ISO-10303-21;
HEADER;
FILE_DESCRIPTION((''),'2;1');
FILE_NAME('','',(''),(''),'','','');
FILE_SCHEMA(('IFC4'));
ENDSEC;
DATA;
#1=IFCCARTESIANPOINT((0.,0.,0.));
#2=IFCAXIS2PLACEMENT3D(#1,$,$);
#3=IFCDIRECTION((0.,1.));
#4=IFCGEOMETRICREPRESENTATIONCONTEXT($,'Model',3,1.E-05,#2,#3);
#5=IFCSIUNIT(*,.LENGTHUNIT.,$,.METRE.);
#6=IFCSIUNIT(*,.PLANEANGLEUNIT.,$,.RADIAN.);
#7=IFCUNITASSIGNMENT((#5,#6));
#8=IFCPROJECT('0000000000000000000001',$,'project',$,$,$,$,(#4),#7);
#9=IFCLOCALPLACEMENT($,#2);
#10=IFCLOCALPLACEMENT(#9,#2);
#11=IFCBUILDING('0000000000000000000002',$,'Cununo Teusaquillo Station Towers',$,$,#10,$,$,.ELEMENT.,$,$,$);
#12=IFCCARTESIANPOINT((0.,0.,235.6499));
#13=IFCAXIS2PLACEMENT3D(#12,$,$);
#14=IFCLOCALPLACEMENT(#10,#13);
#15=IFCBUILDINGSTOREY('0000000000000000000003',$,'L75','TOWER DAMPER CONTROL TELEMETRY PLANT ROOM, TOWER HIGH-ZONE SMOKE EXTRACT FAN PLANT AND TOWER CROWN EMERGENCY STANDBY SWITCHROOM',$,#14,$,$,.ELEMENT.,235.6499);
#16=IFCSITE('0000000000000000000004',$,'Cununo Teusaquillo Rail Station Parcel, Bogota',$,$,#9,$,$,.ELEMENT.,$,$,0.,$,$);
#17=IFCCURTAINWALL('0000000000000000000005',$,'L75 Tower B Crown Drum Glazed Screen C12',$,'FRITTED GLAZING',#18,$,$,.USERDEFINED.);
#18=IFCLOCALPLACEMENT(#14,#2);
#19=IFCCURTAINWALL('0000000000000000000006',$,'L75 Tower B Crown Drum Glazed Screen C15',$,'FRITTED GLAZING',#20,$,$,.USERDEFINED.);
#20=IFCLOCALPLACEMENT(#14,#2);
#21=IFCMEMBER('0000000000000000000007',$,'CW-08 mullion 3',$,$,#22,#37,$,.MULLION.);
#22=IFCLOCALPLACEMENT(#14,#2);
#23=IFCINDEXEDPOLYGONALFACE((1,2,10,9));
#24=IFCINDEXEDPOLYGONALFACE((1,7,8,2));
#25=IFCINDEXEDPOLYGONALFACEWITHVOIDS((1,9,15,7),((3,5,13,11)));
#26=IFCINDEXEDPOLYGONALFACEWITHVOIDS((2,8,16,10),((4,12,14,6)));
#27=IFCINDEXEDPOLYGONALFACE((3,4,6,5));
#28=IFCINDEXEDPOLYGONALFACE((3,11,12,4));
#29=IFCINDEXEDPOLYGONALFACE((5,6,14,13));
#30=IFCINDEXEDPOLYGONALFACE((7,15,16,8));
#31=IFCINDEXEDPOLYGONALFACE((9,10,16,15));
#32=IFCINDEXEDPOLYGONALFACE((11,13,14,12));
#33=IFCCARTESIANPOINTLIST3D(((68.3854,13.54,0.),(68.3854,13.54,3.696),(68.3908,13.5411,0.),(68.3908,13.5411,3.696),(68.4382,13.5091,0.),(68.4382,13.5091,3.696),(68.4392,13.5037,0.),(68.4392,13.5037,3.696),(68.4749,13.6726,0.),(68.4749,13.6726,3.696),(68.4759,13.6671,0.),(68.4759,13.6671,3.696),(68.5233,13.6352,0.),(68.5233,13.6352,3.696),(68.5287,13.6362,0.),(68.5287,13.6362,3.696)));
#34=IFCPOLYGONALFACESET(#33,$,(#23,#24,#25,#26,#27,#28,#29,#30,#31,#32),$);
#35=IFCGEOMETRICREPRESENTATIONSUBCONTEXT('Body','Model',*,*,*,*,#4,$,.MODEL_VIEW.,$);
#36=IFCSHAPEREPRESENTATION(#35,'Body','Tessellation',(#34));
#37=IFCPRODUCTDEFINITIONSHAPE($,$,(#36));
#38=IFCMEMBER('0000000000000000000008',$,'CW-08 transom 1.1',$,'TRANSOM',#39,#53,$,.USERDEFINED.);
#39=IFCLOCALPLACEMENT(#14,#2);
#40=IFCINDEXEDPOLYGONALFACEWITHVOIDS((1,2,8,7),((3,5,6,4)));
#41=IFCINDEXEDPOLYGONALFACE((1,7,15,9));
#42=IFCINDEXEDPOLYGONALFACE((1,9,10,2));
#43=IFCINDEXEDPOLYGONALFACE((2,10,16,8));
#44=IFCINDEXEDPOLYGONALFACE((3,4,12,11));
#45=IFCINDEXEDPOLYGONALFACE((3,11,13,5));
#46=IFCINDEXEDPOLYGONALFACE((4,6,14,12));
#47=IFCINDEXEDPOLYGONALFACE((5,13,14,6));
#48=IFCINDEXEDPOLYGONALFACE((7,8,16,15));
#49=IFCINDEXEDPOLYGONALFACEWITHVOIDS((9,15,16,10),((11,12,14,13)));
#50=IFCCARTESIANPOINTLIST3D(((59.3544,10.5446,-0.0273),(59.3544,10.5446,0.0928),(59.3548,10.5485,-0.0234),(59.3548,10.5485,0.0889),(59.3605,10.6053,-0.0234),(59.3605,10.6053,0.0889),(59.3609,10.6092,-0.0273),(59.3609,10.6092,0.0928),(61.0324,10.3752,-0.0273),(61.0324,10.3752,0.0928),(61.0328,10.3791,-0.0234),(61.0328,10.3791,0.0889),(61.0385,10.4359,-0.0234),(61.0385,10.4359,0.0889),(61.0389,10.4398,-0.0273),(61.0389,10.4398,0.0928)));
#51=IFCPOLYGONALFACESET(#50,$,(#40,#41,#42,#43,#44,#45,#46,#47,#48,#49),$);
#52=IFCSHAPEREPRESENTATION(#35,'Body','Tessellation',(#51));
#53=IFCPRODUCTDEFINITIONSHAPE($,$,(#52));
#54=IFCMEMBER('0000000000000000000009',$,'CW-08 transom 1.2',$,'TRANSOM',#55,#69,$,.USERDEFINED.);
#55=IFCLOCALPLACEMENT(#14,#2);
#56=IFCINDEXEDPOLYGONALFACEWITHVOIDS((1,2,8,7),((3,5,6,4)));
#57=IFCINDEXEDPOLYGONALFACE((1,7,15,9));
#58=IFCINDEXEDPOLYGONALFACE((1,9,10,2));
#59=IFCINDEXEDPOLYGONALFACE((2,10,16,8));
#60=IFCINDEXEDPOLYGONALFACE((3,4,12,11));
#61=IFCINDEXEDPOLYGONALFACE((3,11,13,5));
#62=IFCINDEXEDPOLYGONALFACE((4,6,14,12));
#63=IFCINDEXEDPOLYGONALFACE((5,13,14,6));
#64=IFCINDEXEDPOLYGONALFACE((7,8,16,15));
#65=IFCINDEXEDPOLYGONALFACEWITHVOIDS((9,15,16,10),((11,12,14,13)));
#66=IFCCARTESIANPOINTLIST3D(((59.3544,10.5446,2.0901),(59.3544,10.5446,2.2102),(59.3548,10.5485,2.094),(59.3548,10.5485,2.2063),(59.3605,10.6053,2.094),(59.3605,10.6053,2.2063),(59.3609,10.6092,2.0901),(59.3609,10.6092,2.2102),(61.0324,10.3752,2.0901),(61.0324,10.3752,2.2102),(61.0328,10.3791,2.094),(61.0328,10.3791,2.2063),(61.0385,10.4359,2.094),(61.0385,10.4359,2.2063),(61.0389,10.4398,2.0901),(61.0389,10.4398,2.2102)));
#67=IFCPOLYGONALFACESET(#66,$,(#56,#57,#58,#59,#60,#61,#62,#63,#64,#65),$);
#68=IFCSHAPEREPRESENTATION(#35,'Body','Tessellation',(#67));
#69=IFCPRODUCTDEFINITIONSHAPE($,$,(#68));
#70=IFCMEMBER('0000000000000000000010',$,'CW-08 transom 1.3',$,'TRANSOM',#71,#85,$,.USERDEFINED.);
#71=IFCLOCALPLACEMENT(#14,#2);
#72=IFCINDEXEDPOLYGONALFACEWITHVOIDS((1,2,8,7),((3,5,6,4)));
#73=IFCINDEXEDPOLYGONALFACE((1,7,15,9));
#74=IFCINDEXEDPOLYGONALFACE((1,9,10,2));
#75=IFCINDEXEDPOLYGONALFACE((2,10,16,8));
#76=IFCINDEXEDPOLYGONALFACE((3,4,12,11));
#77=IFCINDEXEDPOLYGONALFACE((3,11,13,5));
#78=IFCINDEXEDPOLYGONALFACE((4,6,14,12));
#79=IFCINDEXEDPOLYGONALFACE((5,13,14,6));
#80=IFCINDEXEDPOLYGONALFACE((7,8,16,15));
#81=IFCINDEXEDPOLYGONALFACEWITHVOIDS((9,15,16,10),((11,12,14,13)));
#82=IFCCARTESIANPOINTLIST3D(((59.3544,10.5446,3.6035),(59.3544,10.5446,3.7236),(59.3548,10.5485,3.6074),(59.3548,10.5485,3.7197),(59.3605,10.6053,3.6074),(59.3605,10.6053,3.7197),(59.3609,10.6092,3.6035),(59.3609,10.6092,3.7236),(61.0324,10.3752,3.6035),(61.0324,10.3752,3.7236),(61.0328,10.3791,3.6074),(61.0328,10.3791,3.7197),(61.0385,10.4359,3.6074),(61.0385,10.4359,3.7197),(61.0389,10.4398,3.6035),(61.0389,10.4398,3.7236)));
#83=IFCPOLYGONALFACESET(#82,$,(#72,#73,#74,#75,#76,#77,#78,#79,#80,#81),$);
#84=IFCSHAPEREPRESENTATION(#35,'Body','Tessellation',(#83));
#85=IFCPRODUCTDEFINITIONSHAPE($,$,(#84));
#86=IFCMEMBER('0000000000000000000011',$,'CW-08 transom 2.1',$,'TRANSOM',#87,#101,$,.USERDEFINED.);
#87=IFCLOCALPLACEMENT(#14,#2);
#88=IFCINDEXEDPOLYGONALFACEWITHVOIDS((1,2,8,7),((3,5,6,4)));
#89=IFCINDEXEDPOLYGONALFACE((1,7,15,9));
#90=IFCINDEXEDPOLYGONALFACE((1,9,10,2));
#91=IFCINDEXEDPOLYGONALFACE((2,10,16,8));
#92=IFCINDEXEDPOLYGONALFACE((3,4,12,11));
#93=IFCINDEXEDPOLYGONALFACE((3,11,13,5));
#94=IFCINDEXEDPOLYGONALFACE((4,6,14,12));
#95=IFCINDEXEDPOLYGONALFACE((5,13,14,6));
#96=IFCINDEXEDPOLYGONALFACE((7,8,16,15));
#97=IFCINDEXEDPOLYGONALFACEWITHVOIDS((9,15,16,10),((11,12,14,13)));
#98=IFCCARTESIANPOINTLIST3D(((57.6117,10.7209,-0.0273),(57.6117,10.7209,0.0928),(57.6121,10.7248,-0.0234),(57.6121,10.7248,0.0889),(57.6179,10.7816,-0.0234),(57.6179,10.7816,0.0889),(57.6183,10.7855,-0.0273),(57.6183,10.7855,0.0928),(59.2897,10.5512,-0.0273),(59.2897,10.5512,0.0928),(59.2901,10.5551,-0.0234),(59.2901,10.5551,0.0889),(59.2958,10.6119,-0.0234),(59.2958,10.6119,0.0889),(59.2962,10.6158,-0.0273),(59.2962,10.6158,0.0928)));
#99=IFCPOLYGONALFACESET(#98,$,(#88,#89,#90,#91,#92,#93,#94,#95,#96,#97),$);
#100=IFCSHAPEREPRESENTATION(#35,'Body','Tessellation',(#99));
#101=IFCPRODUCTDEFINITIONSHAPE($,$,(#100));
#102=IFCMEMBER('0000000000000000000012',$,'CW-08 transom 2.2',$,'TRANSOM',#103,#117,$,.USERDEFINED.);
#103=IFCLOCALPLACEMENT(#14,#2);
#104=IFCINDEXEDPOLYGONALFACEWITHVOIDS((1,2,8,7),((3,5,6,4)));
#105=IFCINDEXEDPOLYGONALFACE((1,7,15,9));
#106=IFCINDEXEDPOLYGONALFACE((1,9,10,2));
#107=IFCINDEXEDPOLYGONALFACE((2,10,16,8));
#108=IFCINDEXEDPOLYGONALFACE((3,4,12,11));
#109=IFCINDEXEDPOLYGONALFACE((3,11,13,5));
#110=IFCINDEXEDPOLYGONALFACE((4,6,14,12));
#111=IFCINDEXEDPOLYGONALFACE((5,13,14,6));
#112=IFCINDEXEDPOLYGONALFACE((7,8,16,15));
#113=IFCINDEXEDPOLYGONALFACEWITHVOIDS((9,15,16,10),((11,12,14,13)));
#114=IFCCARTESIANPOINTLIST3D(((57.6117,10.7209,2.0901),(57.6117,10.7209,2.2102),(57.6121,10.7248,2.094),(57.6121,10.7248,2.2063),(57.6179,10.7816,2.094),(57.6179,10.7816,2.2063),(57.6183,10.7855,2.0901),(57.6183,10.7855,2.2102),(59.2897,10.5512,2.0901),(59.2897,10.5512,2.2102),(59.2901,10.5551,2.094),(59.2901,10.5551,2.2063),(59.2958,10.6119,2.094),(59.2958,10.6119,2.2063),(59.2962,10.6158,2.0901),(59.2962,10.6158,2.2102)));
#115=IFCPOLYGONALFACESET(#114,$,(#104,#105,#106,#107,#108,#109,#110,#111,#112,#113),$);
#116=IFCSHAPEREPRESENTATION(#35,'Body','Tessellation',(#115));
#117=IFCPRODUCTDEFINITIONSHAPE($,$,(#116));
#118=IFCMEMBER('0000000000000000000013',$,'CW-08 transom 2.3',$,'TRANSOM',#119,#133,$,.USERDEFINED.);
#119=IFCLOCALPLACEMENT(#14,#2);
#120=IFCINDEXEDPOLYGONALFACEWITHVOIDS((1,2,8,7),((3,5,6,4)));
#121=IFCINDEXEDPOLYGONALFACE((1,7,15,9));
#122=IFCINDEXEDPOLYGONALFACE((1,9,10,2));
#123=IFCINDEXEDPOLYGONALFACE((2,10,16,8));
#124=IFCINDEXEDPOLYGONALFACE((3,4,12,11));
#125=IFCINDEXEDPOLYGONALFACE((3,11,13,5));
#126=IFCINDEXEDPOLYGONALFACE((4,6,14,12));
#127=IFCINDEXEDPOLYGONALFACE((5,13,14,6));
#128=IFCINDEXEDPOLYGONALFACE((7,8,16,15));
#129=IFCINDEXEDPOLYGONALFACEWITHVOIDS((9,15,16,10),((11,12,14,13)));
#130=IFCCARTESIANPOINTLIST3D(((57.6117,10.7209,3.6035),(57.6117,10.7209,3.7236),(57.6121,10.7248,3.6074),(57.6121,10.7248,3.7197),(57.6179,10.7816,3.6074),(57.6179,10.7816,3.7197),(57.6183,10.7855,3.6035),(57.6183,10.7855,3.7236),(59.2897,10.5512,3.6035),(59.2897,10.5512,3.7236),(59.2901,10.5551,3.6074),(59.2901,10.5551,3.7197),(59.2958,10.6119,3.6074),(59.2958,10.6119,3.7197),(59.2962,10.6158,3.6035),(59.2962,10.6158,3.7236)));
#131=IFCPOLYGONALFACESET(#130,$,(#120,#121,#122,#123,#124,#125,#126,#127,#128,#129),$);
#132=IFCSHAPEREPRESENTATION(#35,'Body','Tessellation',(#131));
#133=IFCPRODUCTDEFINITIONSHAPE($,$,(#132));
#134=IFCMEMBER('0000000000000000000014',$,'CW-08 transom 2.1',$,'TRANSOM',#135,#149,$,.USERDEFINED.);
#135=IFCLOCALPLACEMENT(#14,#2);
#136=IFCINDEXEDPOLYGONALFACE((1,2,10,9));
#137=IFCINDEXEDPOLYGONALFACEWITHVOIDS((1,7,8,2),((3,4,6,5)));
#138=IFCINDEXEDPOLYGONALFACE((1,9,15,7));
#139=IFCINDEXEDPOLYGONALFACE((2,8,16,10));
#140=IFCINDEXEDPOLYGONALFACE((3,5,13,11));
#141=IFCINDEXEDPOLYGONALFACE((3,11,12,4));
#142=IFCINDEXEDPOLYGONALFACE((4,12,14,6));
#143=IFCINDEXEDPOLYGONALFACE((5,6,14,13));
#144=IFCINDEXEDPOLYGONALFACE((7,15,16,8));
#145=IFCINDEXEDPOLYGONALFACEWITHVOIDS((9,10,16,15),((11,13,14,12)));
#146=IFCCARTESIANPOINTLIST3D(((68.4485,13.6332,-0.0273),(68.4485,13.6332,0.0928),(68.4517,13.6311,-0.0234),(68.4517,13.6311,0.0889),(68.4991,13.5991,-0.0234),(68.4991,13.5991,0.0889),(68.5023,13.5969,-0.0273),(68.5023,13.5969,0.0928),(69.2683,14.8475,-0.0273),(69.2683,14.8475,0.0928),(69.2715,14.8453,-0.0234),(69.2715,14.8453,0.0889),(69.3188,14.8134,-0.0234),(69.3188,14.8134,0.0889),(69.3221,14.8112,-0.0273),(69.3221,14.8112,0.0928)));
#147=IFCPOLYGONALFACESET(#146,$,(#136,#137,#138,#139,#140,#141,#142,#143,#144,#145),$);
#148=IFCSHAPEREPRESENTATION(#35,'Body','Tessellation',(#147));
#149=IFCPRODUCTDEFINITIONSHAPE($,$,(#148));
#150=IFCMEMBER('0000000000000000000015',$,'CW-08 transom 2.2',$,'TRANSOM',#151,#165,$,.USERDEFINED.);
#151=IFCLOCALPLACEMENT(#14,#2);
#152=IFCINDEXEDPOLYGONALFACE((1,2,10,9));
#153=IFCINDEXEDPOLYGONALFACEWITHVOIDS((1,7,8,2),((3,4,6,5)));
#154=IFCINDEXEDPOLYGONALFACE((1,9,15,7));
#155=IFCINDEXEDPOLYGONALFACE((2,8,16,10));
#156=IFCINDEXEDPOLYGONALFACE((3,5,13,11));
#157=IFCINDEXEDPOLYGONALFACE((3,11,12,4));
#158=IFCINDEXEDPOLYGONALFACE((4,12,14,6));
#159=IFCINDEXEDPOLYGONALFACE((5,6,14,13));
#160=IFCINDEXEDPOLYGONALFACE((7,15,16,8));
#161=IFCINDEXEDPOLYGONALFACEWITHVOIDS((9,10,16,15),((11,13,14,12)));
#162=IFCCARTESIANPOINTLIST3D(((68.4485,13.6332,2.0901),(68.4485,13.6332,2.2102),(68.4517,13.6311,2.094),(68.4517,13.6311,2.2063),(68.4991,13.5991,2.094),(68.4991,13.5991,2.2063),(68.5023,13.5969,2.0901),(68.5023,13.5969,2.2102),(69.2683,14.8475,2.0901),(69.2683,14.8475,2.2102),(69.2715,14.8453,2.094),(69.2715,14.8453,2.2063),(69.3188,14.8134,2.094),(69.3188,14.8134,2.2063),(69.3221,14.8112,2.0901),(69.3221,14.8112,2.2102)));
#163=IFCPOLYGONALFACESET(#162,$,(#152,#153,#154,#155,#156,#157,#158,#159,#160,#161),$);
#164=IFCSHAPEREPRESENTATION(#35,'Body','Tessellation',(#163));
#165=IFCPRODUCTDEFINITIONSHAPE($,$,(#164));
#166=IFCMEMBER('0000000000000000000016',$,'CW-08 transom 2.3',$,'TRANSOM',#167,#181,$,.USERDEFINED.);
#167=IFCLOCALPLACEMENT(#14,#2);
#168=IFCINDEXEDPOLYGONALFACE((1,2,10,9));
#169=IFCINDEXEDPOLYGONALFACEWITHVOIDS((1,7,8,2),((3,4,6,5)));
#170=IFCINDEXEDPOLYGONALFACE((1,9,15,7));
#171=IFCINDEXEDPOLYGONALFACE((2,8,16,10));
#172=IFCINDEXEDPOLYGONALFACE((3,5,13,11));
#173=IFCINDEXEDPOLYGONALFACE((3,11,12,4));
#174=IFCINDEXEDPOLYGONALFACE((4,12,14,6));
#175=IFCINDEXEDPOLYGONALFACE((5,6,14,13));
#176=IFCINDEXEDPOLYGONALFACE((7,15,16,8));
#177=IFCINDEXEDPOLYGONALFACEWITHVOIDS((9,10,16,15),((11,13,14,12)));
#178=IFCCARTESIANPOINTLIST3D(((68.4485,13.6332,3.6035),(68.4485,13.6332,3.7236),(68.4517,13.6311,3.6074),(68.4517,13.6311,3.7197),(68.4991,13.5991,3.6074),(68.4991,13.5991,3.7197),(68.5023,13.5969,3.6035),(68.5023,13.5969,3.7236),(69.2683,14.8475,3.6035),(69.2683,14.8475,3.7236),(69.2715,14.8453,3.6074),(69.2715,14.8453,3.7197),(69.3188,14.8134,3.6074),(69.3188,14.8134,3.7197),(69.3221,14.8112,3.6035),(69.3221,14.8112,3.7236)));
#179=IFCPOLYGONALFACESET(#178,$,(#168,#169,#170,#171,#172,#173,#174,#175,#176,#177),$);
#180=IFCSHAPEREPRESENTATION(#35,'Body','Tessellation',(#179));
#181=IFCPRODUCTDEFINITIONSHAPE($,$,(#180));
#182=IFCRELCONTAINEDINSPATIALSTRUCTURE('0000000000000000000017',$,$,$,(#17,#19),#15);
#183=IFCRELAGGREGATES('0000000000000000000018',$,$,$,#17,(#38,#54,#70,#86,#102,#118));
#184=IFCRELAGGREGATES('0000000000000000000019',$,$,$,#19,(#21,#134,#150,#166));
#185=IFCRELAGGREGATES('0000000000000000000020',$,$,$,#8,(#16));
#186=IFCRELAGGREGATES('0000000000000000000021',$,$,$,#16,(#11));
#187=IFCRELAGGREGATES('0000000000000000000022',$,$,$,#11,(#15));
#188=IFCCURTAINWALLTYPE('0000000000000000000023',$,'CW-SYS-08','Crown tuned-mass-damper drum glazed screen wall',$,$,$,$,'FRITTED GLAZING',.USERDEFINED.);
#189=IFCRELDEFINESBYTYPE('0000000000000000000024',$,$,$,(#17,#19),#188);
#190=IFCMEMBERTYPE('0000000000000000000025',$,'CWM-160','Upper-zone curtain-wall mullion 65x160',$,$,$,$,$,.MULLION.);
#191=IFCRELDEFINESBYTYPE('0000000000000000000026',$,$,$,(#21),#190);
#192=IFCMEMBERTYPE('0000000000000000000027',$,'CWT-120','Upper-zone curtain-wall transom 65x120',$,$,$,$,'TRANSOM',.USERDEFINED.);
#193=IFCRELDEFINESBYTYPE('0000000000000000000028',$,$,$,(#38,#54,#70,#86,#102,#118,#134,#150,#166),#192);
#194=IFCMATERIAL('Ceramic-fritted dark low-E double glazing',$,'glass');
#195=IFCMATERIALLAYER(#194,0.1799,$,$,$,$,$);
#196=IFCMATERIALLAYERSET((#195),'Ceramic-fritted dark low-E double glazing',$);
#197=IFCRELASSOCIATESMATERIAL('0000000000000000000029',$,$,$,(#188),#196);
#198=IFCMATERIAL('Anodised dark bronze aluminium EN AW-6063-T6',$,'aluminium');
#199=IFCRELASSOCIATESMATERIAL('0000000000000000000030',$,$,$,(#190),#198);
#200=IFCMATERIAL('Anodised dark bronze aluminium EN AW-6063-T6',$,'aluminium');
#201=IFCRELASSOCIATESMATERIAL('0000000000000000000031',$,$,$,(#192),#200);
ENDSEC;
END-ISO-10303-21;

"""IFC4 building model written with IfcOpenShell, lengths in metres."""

from ifc_helpers import new_model, si_unit, direction, frame, origin, origin_2d, place, context, subcontext, project, spatial, hollow_rectangle, extrude, material, layer, layer_set, material_profile, profile_set, type_object, element, aggregate, save


model = new_model("IFC4")

# Units and contexts
model_context = context("Model", 3, precision=1e-05, world=origin(), true_north=direction((0.0, 1.0)))
body_context = subcontext(model_context, "Body", "Model", "MODEL_VIEW")
ifc_project = project(units=[si_unit("LENGTHUNIT", "METRE"), si_unit("PLANEANGLEUNIT", "RADIAN")], contexts=[model_context])

# Site, building, storey
site_placement = place(None, origin())
site = spatial("IfcSite", under=ifc_project, at=site_placement, Name="Cununo Teusaquillo Rail Station Parcel, Bogota", CompositionType="ELEMENT", RefElevation=0.0)
building_placement = place(site_placement, origin())
building = spatial("IfcBuilding", under=site, at=building_placement, Name="Cununo Teusaquillo Station Towers", CompositionType="ELEMENT")
storey_placement = place(building_placement, frame((0.0, 0.0, 235.6499)))
storey = spatial("IfcBuildingStorey", under=building, at=storey_placement, Name="L75", Description="TOWER DAMPER CONTROL TELEMETRY PLANT ROOM, TOWER HIGH-ZONE SMOKE EXTRACT FAN PLANT AND TOWER CROWN EMERGENCY STANDBY SWITCHROOM", CompositionType="ELEMENT", Elevation=235.6499)

# Curtain walls, member
ifc_material_1 = material(Name="Ceramic-fritted dark low-E double glazing", Category="glass")
ifc_layer_1 = layer(ifc_material_1, 0.1799)
ifc_layer_set_1 = layer_set([ifc_layer_1], Name="Ceramic-fritted dark low-E double glazing")
curtain_wall_type = type_object("IfcCurtainWallType", Name="CW-SYS-08", Description="Crown tuned-mass-damper drum glazed screen wall", ElementType="FRITTED GLAZING", PredefinedType="USERDEFINED", material=ifc_layer_set_1)
curtain_wall_1_placement = place(storey_placement, origin())
curtain_wall_1 = element("IfcCurtainWall", 1, at=curtain_wall_1_placement, inside=storey, type_object=curtain_wall_type, Name="L75 Tower B Crown Drum Glazed Screen C12", ObjectType="FRITTED GLAZING", PredefinedType="USERDEFINED")
ifc_material_2 = material(Name="Anodised dark bronze aluminium EN AW-6063-T6", Category="aluminium")
ifc_material_profile_1 = material_profile(ifc_material_2, hollow_rectangle(XDim=0.0649, YDim=0.1599, WallThickness=0.0039, at=origin_2d()), Name="CW-MULL-65x160")
ifc_profile_set_1 = profile_set([ifc_material_profile_1], Name="Anodised dark bronze aluminium EN AW-6063-T6")
member_type_1 = type_object("IfcMemberType", Name="CWM-160", Description="Upper-zone curtain-wall mullion 65x160", PredefinedType="MULLION", material=ifc_profile_set_1)
curtain_wall_2_placement = place(storey_placement, origin())
curtain_wall_2 = element("IfcCurtainWall", 2, at=curtain_wall_2_placement, inside=storey, type_object=curtain_wall_type, Name="L75 Tower B Crown Drum Glazed Screen C15", ObjectType="FRITTED GLAZING", PredefinedType="USERDEFINED")
member_1_placement = place(storey_placement, frame((68.457, 13.5881, 0.0), z_axis=(0.0, 0.0, 1.0), x_axis=(0.828827, -0.559505, 0.0)))
member_1 = element("IfcMember", 3, at=member_1_placement, type_object=member_type_1, Name="CW-08 mullion 3", PredefinedType="MULLION", context=body_context, shape_type="SweptSolid", body=[
    extrude(hollow_rectangle(XDim=0.0649, YDim=0.1599, WallThickness=0.0039, at=origin_2d()), origin(), (0.0, 0.0, 1.0), 3.696),
])

# Members
ifc_material_3 = material(Name="Anodised dark bronze aluminium EN AW-6063-T6", Category="aluminium")
ifc_material_profile_2 = material_profile(ifc_material_3, hollow_rectangle(XDim=0.0649, YDim=0.1201, WallThickness=0.0039, at=origin_2d()), Name="CW-TRAN-65x120")
ifc_profile_set_2 = profile_set([ifc_material_profile_2], Name="Anodised dark bronze aluminium EN AW-6063-T6")
member_type_2 = type_object("IfcMemberType", Name="CWT-120", Description="Upper-zone curtain-wall transom 65x120", ElementType="TRANSOM", PredefinedType="USERDEFINED", material=ifc_profile_set_2)
member_2_placement = place(storey_placement, frame((61.0356, 10.4075, 0.0327), z_axis=(-0.994941, 0.100464, 0.0), x_axis=(-0.100464, -0.994941, 0.0)))
member_2 = element("IfcMember", 4, at=member_2_placement, type_object=member_type_2, Name="CW-08 transom 1.1", ObjectType="TRANSOM", PredefinedType="USERDEFINED", context=body_context, shape_type="SweptSolid", body=[
    extrude(hollow_rectangle(XDim=0.0649, YDim=0.1201, WallThickness=0.0039, at=origin_2d()), origin(), (0.0, 0.0, 1.0), 1.6865),
])
member_3_placement = place(storey_placement, frame((61.0356, 10.4075, 2.1501), z_axis=(-0.994941, 0.100464, 0.0), x_axis=(-0.100464, -0.994941, 0.0)))
member_3 = element("IfcMember", 5, at=member_3_placement, type_object=member_type_2, Name="CW-08 transom 1.2", ObjectType="TRANSOM", PredefinedType="USERDEFINED", context=body_context, shape_type="SweptSolid", body=[
    extrude(hollow_rectangle(XDim=0.0649, YDim=0.1201, WallThickness=0.0039, at=origin_2d()), origin(), (0.0, 0.0, 1.0), 1.6865),
])
member_4_placement = place(storey_placement, frame((61.0356, 10.4075, 3.6636), z_axis=(-0.994941, 0.100464, 0.0), x_axis=(-0.100464, -0.994941, 0.0)))
member_4 = element("IfcMember", 6, at=member_4_placement, type_object=member_type_2, Name="CW-08 transom 1.3", ObjectType="TRANSOM", PredefinedType="USERDEFINED", context=body_context, shape_type="SweptSolid", body=[
    extrude(hollow_rectangle(XDim=0.0649, YDim=0.1201, WallThickness=0.0039, at=origin_2d()), origin(), (0.0, 0.0, 1.0), 1.6865),
])
member_5_placement = place(storey_placement, frame((59.293, 10.5835, 0.0327), z_axis=(-0.994926, 0.100607, 0.0), x_axis=(-0.100607, -0.994926, 0.0)))
member_5 = element("IfcMember", 7, at=member_5_placement, type_object=member_type_2, Name="CW-08 transom 2.1", ObjectType="TRANSOM", PredefinedType="USERDEFINED", context=body_context, shape_type="SweptSolid", body=[
    extrude(hollow_rectangle(XDim=0.0649, YDim=0.1201, WallThickness=0.0039, at=origin_2d()), origin(), (0.0, 0.0, 1.0), 1.6865),
])
member_6_placement = place(storey_placement, frame((59.293, 10.5835, 2.1501), z_axis=(-0.994926, 0.100607, 0.0), x_axis=(-0.100607, -0.994926, 0.0)))
member_6 = element("IfcMember", 8, at=member_6_placement, type_object=member_type_2, Name="CW-08 transom 2.2", ObjectType="TRANSOM", PredefinedType="USERDEFINED", context=body_context, shape_type="SweptSolid", body=[
    extrude(hollow_rectangle(XDim=0.0649, YDim=0.1201, WallThickness=0.0039, at=origin_2d()), origin(), (0.0, 0.0, 1.0), 1.6865),
])
member_7_placement = place(storey_placement, frame((59.293, 10.5835, 3.6636), z_axis=(-0.994926, 0.100607, 0.0), x_axis=(-0.100607, -0.994926, 0.0)))
member_7 = element("IfcMember", 9, at=member_7_placement, type_object=member_type_2, Name="CW-08 transom 2.3", ObjectType="TRANSOM", PredefinedType="USERDEFINED", context=body_context, shape_type="SweptSolid", body=[
    extrude(hollow_rectangle(XDim=0.0649, YDim=0.1201, WallThickness=0.0039, at=origin_2d()), origin(), (0.0, 0.0, 1.0), 1.6865),
])
member_8_placement = place(storey_placement, frame((69.2952, 14.8293, 0.0327), z_axis=(-0.559536, -0.828806, 0.0), x_axis=(0.828806, -0.559536, 0.0)))
member_8 = element("IfcMember", 10, at=member_8_placement, type_object=member_type_2, Name="CW-08 transom 2.1", ObjectType="TRANSOM", PredefinedType="USERDEFINED", context=body_context, shape_type="SweptSolid", body=[
    extrude(hollow_rectangle(XDim=0.0649, YDim=0.1201, WallThickness=0.0039, at=origin_2d()), origin(), (0.0, 0.0, 1.0), 1.4651),
])
member_9_placement = place(storey_placement, frame((69.2952, 14.8293, 2.1501), z_axis=(-0.559536, -0.828806, 0.0), x_axis=(0.828806, -0.559536, 0.0)))
member_9 = element("IfcMember", 11, at=member_9_placement, type_object=member_type_2, Name="CW-08 transom 2.2", ObjectType="TRANSOM", PredefinedType="USERDEFINED", context=body_context, shape_type="SweptSolid", body=[
    extrude(hollow_rectangle(XDim=0.0649, YDim=0.1201, WallThickness=0.0039, at=origin_2d()), origin(), (0.0, 0.0, 1.0), 1.4651),
])
member_10_placement = place(storey_placement, frame((69.2952, 14.8293, 3.6636), z_axis=(-0.559536, -0.828806, 0.0), x_axis=(0.828806, -0.559536, 0.0)))
member_10 = element("IfcMember", 12, at=member_10_placement, type_object=member_type_2, Name="CW-08 transom 2.3", ObjectType="TRANSOM", PredefinedType="USERDEFINED", context=body_context, shape_type="SweptSolid", body=[
    extrude(hollow_rectangle(XDim=0.0649, YDim=0.1201, WallThickness=0.0039, at=origin_2d()), origin(), (0.0, 0.0, 1.0), 1.4651),
])

aggregate(curtain_wall_1, [member_2, member_3, member_4, member_5, member_6, member_7])
aggregate(curtain_wall_2, [member_1, member_8, member_9, member_10])

save(model, "model.ifc")
